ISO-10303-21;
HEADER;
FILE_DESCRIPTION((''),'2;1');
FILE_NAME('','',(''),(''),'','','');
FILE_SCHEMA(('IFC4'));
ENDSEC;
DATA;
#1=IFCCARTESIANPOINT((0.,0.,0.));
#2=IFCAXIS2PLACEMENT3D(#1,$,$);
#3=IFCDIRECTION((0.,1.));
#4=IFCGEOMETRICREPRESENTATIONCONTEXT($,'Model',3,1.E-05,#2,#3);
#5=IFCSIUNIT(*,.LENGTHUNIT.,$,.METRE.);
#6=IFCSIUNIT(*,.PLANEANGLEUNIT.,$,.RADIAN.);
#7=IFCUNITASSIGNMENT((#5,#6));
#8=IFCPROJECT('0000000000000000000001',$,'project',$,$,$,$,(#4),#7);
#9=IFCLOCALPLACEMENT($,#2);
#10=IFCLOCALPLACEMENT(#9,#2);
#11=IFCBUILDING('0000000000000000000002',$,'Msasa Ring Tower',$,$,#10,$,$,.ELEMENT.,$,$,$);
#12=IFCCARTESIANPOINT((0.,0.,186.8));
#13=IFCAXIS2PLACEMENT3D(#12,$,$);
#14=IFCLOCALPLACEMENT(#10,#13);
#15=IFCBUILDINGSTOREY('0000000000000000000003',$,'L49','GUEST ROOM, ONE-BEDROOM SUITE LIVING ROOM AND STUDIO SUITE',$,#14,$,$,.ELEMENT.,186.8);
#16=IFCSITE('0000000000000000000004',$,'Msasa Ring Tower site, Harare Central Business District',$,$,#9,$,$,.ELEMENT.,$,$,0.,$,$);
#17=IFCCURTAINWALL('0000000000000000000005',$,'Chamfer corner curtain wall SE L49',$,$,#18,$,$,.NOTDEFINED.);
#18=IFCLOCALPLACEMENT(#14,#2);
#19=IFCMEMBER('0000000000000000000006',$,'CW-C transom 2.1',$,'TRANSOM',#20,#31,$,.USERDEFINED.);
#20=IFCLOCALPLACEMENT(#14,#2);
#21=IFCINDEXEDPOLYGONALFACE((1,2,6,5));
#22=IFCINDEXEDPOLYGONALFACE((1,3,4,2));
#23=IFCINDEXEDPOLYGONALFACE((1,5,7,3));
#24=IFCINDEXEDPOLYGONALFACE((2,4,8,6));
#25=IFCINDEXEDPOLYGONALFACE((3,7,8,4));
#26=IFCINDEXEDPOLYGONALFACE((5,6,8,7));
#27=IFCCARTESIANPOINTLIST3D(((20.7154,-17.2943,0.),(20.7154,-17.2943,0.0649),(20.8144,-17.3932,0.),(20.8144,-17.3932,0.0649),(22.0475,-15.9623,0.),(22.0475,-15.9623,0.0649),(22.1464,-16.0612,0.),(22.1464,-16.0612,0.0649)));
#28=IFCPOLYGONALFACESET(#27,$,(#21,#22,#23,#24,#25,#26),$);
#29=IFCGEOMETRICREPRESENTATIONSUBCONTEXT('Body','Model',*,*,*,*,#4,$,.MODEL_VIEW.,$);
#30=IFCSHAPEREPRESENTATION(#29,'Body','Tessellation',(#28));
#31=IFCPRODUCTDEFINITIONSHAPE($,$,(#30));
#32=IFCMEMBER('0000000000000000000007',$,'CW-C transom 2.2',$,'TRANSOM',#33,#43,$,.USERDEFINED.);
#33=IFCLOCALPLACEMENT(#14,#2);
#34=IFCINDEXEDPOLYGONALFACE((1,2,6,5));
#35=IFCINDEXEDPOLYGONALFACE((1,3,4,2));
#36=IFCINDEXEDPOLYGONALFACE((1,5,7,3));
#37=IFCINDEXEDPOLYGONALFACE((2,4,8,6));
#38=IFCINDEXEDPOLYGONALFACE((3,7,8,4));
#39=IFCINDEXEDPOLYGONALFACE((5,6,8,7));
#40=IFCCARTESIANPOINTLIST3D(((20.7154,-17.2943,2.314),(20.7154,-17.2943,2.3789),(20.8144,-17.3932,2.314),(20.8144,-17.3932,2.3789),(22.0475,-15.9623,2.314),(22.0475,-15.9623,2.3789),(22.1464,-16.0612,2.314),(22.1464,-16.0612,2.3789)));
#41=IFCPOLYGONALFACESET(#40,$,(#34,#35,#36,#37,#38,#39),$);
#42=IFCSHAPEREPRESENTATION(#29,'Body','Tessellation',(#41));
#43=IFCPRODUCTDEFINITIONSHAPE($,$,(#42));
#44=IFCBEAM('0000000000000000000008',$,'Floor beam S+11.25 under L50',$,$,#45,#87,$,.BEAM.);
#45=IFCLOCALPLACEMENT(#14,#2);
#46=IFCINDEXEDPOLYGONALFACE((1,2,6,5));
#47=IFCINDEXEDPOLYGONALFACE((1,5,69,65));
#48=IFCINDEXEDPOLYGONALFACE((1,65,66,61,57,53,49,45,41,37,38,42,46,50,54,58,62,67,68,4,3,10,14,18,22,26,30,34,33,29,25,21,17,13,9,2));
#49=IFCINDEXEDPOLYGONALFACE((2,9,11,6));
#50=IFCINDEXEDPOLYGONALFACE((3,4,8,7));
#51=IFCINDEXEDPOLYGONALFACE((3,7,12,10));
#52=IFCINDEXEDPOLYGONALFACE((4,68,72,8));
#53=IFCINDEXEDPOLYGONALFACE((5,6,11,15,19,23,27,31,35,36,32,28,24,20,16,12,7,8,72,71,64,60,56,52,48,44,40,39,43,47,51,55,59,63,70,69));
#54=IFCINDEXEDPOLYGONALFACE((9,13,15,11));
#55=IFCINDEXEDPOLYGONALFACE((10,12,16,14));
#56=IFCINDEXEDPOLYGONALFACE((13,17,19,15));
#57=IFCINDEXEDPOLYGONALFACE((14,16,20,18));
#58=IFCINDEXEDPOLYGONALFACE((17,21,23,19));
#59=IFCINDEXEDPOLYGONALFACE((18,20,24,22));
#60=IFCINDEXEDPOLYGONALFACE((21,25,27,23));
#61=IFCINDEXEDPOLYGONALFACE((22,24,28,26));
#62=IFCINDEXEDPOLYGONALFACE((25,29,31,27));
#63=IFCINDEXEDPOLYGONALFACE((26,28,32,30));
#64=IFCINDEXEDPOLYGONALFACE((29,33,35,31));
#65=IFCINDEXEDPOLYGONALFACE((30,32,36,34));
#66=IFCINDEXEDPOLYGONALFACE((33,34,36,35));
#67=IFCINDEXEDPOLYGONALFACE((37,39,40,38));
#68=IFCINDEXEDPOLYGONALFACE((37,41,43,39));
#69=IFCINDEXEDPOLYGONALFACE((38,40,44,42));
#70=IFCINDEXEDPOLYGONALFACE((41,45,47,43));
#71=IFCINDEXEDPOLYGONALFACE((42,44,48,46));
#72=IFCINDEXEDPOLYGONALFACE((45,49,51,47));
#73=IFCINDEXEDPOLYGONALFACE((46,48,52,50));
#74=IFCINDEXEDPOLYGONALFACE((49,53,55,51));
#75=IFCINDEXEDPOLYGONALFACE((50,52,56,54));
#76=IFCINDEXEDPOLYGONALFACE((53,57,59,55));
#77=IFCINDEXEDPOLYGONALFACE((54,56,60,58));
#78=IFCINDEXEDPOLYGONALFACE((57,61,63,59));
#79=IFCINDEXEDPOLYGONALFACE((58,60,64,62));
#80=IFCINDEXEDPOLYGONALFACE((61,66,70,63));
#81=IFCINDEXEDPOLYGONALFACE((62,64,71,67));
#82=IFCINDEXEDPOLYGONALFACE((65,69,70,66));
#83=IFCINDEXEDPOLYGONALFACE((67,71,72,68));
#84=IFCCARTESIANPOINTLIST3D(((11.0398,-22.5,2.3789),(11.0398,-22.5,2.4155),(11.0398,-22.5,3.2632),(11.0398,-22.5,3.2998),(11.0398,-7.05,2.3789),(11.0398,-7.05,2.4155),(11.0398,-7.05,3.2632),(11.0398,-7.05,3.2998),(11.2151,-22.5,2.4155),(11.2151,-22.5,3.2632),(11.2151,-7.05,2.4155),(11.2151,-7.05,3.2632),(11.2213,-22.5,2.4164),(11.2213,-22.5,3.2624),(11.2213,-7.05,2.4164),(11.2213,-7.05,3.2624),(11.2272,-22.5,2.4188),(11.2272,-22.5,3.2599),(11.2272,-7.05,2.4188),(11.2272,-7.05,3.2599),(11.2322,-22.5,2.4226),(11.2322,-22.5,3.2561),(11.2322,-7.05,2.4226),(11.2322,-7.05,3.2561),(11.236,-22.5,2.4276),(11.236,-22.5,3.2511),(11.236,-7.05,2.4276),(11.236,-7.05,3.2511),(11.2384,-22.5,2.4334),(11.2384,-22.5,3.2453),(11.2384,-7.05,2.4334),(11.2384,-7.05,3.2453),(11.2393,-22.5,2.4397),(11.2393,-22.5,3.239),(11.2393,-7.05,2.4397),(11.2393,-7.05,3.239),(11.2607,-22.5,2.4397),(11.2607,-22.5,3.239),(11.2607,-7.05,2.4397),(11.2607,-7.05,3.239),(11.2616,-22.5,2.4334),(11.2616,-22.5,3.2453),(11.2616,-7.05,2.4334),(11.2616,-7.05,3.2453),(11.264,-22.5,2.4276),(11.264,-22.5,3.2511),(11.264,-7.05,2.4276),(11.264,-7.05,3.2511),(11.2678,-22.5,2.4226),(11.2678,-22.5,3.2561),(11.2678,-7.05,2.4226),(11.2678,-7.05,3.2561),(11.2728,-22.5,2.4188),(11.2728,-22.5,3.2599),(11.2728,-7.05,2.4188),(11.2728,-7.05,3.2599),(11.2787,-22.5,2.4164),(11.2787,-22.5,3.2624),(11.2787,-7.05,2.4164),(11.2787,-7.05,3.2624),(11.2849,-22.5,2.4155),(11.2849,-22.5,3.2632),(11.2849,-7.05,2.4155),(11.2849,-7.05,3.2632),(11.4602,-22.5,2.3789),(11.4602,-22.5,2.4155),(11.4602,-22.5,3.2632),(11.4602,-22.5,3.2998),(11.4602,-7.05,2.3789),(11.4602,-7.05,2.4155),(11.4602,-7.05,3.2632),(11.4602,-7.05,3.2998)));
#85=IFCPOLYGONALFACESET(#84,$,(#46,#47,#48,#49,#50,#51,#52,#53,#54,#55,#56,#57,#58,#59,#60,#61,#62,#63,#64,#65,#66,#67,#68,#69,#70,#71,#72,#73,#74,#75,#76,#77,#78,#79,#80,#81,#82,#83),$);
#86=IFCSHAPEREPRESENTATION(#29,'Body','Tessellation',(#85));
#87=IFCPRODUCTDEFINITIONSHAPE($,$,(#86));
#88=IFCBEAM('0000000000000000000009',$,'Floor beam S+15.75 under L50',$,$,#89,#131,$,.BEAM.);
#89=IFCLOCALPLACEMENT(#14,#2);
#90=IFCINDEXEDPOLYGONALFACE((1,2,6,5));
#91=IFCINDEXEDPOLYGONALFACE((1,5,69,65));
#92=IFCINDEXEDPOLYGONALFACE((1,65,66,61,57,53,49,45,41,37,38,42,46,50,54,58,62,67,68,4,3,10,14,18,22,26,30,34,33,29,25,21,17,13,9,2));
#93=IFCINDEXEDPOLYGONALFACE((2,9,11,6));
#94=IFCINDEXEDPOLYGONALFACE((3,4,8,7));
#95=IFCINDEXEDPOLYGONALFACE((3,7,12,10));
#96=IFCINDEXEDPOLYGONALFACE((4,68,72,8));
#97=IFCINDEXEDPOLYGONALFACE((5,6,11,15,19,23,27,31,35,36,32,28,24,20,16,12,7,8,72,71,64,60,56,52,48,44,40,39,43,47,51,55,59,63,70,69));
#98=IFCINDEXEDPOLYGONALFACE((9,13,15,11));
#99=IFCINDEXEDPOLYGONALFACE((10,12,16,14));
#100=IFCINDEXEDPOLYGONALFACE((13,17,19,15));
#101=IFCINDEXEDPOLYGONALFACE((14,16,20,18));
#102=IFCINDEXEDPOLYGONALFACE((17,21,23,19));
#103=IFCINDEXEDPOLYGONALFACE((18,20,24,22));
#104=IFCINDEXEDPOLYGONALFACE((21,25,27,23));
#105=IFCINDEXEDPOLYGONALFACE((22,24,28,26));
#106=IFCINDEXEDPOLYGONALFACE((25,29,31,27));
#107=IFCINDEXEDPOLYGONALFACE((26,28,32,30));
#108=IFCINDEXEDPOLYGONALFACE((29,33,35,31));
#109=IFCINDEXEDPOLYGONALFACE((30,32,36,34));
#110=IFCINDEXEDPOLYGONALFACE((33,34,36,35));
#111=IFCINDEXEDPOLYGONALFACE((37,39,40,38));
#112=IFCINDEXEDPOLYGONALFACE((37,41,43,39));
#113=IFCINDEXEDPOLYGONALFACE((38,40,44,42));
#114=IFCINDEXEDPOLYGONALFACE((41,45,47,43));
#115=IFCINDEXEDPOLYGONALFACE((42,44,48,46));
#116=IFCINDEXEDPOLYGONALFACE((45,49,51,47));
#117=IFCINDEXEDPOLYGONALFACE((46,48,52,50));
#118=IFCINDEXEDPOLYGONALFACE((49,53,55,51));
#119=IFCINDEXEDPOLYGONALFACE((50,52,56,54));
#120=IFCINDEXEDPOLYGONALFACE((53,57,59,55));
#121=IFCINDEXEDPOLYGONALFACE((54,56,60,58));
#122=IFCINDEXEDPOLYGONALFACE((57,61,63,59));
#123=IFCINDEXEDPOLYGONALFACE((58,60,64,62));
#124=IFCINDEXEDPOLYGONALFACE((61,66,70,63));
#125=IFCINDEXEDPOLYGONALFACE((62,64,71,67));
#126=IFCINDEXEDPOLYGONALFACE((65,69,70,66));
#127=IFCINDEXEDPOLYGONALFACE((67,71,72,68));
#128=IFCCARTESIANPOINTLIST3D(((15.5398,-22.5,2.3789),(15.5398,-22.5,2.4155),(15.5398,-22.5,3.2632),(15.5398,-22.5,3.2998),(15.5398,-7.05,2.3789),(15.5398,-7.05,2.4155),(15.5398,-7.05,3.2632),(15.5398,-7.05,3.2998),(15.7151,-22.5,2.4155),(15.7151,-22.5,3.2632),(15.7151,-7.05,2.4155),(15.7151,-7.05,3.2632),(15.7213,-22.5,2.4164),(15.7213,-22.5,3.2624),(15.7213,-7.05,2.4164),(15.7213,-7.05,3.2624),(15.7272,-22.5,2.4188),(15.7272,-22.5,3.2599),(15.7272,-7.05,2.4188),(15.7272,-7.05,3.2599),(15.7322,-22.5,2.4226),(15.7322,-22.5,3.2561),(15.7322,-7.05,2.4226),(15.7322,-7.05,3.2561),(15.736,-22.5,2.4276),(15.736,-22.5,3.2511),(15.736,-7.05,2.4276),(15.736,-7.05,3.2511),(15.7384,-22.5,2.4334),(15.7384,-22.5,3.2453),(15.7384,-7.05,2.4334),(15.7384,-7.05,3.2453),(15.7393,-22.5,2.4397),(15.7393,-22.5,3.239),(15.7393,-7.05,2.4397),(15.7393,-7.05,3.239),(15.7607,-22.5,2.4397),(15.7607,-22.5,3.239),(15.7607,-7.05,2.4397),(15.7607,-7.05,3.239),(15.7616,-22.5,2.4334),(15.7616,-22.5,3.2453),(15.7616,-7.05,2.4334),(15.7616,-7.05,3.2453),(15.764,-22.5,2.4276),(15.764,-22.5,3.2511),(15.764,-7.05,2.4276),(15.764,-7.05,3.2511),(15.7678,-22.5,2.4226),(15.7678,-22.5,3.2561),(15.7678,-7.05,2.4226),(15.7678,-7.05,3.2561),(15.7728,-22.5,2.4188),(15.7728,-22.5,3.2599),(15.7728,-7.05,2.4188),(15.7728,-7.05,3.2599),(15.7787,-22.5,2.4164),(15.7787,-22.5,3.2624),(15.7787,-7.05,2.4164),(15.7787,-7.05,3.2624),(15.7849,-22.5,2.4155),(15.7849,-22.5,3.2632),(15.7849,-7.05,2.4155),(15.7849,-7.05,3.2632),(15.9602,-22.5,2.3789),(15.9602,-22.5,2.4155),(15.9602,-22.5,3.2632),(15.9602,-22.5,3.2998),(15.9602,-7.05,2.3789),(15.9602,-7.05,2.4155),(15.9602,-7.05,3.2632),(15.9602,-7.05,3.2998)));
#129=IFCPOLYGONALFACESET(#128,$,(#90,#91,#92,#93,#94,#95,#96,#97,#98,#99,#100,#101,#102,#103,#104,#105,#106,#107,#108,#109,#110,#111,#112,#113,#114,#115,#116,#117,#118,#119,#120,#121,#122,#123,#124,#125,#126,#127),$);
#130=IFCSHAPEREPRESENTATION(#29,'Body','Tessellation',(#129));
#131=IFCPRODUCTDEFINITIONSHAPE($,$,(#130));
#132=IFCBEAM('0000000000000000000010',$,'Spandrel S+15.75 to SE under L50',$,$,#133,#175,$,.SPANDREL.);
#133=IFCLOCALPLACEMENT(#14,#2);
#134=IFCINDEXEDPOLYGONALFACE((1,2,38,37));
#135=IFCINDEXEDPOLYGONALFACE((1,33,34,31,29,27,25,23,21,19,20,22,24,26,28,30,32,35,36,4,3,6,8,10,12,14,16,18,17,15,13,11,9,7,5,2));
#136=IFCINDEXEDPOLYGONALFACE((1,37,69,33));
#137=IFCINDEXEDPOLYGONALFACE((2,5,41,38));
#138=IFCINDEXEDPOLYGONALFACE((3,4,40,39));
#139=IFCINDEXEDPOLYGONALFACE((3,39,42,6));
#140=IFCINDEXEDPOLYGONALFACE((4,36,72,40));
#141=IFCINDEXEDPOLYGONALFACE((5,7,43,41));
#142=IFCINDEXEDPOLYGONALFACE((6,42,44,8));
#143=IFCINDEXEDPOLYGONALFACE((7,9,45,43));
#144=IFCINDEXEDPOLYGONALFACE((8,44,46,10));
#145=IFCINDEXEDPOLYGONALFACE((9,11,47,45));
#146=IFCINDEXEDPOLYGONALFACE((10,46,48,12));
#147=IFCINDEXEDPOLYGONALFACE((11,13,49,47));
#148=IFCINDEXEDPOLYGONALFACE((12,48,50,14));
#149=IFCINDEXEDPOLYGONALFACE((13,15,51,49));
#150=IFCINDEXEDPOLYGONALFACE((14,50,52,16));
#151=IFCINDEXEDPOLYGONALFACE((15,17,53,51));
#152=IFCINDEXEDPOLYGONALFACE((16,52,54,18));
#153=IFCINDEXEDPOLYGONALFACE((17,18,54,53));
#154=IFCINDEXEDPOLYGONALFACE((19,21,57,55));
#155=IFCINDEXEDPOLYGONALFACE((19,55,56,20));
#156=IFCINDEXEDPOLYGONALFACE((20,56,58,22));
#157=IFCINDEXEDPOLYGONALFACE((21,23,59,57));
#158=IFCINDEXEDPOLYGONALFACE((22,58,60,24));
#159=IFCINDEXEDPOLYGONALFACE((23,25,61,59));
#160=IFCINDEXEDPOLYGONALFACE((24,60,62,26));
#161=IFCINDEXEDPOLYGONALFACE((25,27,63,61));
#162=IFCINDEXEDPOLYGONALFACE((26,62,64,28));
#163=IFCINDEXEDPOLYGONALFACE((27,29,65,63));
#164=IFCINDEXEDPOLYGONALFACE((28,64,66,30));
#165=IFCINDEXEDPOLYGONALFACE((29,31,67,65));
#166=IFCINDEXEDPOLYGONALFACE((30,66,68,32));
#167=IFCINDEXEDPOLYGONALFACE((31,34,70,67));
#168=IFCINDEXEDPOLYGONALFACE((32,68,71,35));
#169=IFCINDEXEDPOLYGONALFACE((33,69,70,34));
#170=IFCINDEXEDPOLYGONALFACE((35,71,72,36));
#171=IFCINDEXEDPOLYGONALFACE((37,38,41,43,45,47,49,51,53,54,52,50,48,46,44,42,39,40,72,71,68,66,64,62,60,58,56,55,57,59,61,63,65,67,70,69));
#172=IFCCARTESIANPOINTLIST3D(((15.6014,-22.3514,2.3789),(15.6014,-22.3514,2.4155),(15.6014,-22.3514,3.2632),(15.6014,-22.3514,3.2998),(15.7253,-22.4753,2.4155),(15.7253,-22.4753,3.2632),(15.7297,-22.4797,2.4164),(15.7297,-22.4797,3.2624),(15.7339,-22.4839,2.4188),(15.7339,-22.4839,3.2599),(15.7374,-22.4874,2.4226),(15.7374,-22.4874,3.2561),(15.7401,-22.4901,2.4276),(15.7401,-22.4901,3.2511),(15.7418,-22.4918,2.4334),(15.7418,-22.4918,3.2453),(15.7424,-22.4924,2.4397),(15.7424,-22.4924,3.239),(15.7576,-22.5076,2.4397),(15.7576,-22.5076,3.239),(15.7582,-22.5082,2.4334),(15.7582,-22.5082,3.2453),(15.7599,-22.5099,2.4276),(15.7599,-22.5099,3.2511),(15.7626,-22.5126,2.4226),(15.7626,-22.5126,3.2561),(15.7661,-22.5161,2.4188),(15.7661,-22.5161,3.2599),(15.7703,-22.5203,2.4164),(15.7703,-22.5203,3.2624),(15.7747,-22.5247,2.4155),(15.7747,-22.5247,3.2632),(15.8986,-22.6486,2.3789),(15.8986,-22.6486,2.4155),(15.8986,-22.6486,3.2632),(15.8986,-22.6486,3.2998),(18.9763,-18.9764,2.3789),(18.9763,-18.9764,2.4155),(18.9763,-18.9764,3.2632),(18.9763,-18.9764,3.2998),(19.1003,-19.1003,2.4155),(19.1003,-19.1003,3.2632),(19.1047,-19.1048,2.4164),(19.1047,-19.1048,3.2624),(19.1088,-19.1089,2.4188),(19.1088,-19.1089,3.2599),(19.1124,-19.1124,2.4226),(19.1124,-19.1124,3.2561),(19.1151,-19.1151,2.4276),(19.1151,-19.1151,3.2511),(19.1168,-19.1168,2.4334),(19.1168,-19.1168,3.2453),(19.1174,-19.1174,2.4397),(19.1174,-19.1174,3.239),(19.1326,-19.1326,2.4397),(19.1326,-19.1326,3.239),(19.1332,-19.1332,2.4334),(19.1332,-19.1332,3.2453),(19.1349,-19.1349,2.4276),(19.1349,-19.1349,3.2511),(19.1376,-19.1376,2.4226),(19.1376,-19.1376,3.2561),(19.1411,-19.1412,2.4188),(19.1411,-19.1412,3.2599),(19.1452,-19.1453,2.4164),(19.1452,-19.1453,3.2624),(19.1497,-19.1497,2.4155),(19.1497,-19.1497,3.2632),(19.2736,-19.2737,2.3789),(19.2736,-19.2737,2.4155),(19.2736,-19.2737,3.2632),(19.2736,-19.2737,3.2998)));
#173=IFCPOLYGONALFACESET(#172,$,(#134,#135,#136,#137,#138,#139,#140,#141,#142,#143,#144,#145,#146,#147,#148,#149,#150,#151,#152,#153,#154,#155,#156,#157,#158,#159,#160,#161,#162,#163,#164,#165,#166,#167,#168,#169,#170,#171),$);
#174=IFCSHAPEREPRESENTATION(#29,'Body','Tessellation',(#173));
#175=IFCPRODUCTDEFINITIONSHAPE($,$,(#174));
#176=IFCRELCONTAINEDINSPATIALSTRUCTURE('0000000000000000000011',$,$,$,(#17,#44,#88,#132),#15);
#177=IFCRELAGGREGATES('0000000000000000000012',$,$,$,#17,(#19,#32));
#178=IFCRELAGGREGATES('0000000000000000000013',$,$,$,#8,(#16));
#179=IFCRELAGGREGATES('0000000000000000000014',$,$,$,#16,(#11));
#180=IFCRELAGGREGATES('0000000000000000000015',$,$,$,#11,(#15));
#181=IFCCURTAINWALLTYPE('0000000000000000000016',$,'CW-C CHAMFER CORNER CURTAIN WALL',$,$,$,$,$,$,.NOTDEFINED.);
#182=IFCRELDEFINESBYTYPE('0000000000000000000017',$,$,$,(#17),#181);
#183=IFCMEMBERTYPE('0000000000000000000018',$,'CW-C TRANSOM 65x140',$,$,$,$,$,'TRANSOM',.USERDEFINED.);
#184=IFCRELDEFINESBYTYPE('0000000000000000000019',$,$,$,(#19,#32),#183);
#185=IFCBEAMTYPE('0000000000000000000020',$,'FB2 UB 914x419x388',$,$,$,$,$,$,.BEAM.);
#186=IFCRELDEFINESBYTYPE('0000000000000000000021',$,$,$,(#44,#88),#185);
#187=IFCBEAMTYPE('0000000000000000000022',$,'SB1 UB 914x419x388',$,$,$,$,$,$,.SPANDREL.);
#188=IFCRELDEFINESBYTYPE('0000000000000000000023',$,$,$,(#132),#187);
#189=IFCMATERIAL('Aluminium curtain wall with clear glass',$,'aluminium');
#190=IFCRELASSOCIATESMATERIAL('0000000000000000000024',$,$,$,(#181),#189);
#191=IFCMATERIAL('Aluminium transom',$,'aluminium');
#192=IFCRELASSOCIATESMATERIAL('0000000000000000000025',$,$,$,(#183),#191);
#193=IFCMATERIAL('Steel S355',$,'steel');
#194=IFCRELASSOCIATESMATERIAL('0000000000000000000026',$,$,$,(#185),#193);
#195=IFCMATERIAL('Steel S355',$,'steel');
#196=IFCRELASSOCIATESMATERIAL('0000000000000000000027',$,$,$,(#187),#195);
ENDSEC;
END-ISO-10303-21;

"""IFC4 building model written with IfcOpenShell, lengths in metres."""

from ifc_helpers import new_model, si_unit, direction, frame, origin, origin_2d, place, context, subcontext, project, spatial, rectangle, i_section, extrude, material, material_profile, profile_set, type_object, element, aggregate, save


model = new_model("IFC4")

# Units and contexts
model_context = context("Model", 3, precision=1e-05, world=origin(), true_north=direction((0.0, 1.0)))
body_context = subcontext(model_context, "Body", "Model", "MODEL_VIEW")
ifc_project = project(units=[si_unit("LENGTHUNIT", "METRE"), si_unit("PLANEANGLEUNIT", "RADIAN")], contexts=[model_context])

# Site, building, storey
site_placement = place(None, origin())
site = spatial("IfcSite", under=ifc_project, at=site_placement, Name="Msasa Ring Tower site, Harare Central Business District", CompositionType="ELEMENT", RefElevation=0.0)
building_placement = place(site_placement, origin())
building = spatial("IfcBuilding", under=site, at=building_placement, Name="Msasa Ring Tower", CompositionType="ELEMENT")
storey_placement = place(building_placement, frame((0.0, 0.0, 186.8)))
storey = spatial("IfcBuildingStorey", under=building, at=storey_placement, Name="L49", Description="GUEST ROOM, ONE-BEDROOM SUITE LIVING ROOM AND STUDIO SUITE", CompositionType="ELEMENT", Elevation=186.8)

# Curtain wall
ifc_material_1 = material(Name="Aluminium curtain wall with clear glass", Category="aluminium")
curtain_wall_type = type_object("IfcCurtainWallType", Name="CW-C CHAMFER CORNER CURTAIN WALL", PredefinedType="NOTDEFINED", material=ifc_material_1)
curtain_wall_1_placement = place(storey_placement, origin())
curtain_wall_1 = element("IfcCurtainWall", 1, at=curtain_wall_1_placement, inside=storey, type_object=curtain_wall_type, Name="Chamfer corner curtain wall SE L49", PredefinedType="NOTDEFINED")

# Members
ifc_material_2 = material(Name="Aluminium transom", Category="aluminium")
ifc_material_profile_1 = material_profile(ifc_material_2, rectangle(XDim=0.1399, YDim=0.0649, at=origin_2d()), Name="AL 65x140")
ifc_profile_set_1 = profile_set([ifc_material_profile_1], Name="Aluminium transom")
member_type_1 = type_object("IfcMemberType", Name="CW-C TRANSOM 65x140", ElementType="TRANSOM", PredefinedType="USERDEFINED", material=ifc_profile_set_1)
member_1_placement = place(storey_placement, frame((20.7649, -17.3438, 0.0325), z_axis=(0.707107, 0.707107, 0.0), x_axis=(-0.707107, 0.707107, 0.0)))
member_1 = element("IfcMember", 2, at=member_1_placement, type_object=member_type_1, Name="CW-C transom 2.1", ObjectType="TRANSOM", PredefinedType="USERDEFINED", context=body_context, shape_type="SweptSolid", body=[
    extrude(rectangle(XDim=0.1399, YDim=0.0649, at=origin_2d()), origin(), (0.0, 0.0, 1.0), 1.8838),
])
member_2_placement = place(storey_placement, frame((20.7649, -17.3438, 2.3464), z_axis=(0.707107, 0.707107, 0.0), x_axis=(-0.707107, 0.707107, 0.0)))
member_2 = element("IfcMember", 3, at=member_2_placement, type_object=member_type_1, Name="CW-C transom 2.2", ObjectType="TRANSOM", PredefinedType="USERDEFINED", context=body_context, shape_type="SweptSolid", body=[
    extrude(rectangle(XDim=0.1399, YDim=0.0649, at=origin_2d()), origin(), (0.0, 0.0, 1.0), 1.8838),
])

# Beams
ifc_material_3 = material(Name="Steel S355", Category="steel")
ifc_material_profile_2 = material_profile(ifc_material_3, i_section(OverallWidth=0.4204, OverallDepth=0.9209, WebThickness=0.0215, FlangeThickness=0.0366, FilletRadius=0.0242, at=origin_2d()), Name="UB 914x419x388")
ifc_profile_set_2 = profile_set([ifc_material_profile_2], Name="Steel S355")
beam_type_1 = type_object("IfcBeamType", Name="FB2 UB 914x419x388", PredefinedType="BEAM", material=ifc_profile_set_2)
for number, where, z_axis, x_axis, name in (
    (4, (11.25, -22.5, 2.8394), (0.0, 1.0, 0.0), (-1.0, 0.0, 0.0), "Floor beam S+11.25 under L50"),
    (5, (15.75, -22.5, 2.8394), (0.0, 1.0, 0.0), (-1.0, 0.0, 0.0), "Floor beam S+15.75 under L50"),
):
    element("IfcBeam", number, at=place(storey_placement, frame(where, z_axis=z_axis, x_axis=x_axis)), inside=storey, type_object=beam_type_1, Name=name, PredefinedType="BEAM", context=body_context, shape_type="SweptSolid", body=[
        extrude(i_section(OverallWidth=0.4204, OverallDepth=0.9209, WebThickness=0.0215, FlangeThickness=0.0366, FilletRadius=0.0242, at=origin_2d()), origin(), (0.0, 0.0, 1.0), 15.45),
    ])
ifc_material_4 = material(Name="Steel S355", Category="steel")
ifc_material_profile_3 = material_profile(ifc_material_4, i_section(OverallWidth=0.4204, OverallDepth=0.9209, WebThickness=0.0215, FlangeThickness=0.0366, FilletRadius=0.0242, at=origin_2d()), Name="UB 914x419x388")
ifc_profile_set_3 = profile_set([ifc_material_profile_3], Name="Steel S355")
beam_type_2 = type_object("IfcBeamType", Name="SB1 UB 914x419x388", PredefinedType="SPANDREL", material=ifc_profile_set_3)
for number, where, z_axis, x_axis, name in (
    (6, (15.75, -22.5, 2.8394), (0.707107, 0.707107, 0.0), (-0.707107, 0.707107, 0.0), "Spandrel S+15.75 to SE under L50"),
):
    element("IfcBeam", number, at=place(storey_placement, frame(where, z_axis=z_axis, x_axis=x_axis)), inside=storey, type_object=beam_type_2, Name=name, PredefinedType="SPANDREL", context=body_context, shape_type="SweptSolid", body=[
        extrude(i_section(OverallWidth=0.4204, OverallDepth=0.9209, WebThickness=0.0215, FlangeThickness=0.0366, FilletRadius=0.0242, at=origin_2d()), origin(), (0.0, 0.0, 1.0), 4.7729),
    ])

aggregate(curtain_wall_1, [member_1, member_2])

save(model, "model.ifc")
